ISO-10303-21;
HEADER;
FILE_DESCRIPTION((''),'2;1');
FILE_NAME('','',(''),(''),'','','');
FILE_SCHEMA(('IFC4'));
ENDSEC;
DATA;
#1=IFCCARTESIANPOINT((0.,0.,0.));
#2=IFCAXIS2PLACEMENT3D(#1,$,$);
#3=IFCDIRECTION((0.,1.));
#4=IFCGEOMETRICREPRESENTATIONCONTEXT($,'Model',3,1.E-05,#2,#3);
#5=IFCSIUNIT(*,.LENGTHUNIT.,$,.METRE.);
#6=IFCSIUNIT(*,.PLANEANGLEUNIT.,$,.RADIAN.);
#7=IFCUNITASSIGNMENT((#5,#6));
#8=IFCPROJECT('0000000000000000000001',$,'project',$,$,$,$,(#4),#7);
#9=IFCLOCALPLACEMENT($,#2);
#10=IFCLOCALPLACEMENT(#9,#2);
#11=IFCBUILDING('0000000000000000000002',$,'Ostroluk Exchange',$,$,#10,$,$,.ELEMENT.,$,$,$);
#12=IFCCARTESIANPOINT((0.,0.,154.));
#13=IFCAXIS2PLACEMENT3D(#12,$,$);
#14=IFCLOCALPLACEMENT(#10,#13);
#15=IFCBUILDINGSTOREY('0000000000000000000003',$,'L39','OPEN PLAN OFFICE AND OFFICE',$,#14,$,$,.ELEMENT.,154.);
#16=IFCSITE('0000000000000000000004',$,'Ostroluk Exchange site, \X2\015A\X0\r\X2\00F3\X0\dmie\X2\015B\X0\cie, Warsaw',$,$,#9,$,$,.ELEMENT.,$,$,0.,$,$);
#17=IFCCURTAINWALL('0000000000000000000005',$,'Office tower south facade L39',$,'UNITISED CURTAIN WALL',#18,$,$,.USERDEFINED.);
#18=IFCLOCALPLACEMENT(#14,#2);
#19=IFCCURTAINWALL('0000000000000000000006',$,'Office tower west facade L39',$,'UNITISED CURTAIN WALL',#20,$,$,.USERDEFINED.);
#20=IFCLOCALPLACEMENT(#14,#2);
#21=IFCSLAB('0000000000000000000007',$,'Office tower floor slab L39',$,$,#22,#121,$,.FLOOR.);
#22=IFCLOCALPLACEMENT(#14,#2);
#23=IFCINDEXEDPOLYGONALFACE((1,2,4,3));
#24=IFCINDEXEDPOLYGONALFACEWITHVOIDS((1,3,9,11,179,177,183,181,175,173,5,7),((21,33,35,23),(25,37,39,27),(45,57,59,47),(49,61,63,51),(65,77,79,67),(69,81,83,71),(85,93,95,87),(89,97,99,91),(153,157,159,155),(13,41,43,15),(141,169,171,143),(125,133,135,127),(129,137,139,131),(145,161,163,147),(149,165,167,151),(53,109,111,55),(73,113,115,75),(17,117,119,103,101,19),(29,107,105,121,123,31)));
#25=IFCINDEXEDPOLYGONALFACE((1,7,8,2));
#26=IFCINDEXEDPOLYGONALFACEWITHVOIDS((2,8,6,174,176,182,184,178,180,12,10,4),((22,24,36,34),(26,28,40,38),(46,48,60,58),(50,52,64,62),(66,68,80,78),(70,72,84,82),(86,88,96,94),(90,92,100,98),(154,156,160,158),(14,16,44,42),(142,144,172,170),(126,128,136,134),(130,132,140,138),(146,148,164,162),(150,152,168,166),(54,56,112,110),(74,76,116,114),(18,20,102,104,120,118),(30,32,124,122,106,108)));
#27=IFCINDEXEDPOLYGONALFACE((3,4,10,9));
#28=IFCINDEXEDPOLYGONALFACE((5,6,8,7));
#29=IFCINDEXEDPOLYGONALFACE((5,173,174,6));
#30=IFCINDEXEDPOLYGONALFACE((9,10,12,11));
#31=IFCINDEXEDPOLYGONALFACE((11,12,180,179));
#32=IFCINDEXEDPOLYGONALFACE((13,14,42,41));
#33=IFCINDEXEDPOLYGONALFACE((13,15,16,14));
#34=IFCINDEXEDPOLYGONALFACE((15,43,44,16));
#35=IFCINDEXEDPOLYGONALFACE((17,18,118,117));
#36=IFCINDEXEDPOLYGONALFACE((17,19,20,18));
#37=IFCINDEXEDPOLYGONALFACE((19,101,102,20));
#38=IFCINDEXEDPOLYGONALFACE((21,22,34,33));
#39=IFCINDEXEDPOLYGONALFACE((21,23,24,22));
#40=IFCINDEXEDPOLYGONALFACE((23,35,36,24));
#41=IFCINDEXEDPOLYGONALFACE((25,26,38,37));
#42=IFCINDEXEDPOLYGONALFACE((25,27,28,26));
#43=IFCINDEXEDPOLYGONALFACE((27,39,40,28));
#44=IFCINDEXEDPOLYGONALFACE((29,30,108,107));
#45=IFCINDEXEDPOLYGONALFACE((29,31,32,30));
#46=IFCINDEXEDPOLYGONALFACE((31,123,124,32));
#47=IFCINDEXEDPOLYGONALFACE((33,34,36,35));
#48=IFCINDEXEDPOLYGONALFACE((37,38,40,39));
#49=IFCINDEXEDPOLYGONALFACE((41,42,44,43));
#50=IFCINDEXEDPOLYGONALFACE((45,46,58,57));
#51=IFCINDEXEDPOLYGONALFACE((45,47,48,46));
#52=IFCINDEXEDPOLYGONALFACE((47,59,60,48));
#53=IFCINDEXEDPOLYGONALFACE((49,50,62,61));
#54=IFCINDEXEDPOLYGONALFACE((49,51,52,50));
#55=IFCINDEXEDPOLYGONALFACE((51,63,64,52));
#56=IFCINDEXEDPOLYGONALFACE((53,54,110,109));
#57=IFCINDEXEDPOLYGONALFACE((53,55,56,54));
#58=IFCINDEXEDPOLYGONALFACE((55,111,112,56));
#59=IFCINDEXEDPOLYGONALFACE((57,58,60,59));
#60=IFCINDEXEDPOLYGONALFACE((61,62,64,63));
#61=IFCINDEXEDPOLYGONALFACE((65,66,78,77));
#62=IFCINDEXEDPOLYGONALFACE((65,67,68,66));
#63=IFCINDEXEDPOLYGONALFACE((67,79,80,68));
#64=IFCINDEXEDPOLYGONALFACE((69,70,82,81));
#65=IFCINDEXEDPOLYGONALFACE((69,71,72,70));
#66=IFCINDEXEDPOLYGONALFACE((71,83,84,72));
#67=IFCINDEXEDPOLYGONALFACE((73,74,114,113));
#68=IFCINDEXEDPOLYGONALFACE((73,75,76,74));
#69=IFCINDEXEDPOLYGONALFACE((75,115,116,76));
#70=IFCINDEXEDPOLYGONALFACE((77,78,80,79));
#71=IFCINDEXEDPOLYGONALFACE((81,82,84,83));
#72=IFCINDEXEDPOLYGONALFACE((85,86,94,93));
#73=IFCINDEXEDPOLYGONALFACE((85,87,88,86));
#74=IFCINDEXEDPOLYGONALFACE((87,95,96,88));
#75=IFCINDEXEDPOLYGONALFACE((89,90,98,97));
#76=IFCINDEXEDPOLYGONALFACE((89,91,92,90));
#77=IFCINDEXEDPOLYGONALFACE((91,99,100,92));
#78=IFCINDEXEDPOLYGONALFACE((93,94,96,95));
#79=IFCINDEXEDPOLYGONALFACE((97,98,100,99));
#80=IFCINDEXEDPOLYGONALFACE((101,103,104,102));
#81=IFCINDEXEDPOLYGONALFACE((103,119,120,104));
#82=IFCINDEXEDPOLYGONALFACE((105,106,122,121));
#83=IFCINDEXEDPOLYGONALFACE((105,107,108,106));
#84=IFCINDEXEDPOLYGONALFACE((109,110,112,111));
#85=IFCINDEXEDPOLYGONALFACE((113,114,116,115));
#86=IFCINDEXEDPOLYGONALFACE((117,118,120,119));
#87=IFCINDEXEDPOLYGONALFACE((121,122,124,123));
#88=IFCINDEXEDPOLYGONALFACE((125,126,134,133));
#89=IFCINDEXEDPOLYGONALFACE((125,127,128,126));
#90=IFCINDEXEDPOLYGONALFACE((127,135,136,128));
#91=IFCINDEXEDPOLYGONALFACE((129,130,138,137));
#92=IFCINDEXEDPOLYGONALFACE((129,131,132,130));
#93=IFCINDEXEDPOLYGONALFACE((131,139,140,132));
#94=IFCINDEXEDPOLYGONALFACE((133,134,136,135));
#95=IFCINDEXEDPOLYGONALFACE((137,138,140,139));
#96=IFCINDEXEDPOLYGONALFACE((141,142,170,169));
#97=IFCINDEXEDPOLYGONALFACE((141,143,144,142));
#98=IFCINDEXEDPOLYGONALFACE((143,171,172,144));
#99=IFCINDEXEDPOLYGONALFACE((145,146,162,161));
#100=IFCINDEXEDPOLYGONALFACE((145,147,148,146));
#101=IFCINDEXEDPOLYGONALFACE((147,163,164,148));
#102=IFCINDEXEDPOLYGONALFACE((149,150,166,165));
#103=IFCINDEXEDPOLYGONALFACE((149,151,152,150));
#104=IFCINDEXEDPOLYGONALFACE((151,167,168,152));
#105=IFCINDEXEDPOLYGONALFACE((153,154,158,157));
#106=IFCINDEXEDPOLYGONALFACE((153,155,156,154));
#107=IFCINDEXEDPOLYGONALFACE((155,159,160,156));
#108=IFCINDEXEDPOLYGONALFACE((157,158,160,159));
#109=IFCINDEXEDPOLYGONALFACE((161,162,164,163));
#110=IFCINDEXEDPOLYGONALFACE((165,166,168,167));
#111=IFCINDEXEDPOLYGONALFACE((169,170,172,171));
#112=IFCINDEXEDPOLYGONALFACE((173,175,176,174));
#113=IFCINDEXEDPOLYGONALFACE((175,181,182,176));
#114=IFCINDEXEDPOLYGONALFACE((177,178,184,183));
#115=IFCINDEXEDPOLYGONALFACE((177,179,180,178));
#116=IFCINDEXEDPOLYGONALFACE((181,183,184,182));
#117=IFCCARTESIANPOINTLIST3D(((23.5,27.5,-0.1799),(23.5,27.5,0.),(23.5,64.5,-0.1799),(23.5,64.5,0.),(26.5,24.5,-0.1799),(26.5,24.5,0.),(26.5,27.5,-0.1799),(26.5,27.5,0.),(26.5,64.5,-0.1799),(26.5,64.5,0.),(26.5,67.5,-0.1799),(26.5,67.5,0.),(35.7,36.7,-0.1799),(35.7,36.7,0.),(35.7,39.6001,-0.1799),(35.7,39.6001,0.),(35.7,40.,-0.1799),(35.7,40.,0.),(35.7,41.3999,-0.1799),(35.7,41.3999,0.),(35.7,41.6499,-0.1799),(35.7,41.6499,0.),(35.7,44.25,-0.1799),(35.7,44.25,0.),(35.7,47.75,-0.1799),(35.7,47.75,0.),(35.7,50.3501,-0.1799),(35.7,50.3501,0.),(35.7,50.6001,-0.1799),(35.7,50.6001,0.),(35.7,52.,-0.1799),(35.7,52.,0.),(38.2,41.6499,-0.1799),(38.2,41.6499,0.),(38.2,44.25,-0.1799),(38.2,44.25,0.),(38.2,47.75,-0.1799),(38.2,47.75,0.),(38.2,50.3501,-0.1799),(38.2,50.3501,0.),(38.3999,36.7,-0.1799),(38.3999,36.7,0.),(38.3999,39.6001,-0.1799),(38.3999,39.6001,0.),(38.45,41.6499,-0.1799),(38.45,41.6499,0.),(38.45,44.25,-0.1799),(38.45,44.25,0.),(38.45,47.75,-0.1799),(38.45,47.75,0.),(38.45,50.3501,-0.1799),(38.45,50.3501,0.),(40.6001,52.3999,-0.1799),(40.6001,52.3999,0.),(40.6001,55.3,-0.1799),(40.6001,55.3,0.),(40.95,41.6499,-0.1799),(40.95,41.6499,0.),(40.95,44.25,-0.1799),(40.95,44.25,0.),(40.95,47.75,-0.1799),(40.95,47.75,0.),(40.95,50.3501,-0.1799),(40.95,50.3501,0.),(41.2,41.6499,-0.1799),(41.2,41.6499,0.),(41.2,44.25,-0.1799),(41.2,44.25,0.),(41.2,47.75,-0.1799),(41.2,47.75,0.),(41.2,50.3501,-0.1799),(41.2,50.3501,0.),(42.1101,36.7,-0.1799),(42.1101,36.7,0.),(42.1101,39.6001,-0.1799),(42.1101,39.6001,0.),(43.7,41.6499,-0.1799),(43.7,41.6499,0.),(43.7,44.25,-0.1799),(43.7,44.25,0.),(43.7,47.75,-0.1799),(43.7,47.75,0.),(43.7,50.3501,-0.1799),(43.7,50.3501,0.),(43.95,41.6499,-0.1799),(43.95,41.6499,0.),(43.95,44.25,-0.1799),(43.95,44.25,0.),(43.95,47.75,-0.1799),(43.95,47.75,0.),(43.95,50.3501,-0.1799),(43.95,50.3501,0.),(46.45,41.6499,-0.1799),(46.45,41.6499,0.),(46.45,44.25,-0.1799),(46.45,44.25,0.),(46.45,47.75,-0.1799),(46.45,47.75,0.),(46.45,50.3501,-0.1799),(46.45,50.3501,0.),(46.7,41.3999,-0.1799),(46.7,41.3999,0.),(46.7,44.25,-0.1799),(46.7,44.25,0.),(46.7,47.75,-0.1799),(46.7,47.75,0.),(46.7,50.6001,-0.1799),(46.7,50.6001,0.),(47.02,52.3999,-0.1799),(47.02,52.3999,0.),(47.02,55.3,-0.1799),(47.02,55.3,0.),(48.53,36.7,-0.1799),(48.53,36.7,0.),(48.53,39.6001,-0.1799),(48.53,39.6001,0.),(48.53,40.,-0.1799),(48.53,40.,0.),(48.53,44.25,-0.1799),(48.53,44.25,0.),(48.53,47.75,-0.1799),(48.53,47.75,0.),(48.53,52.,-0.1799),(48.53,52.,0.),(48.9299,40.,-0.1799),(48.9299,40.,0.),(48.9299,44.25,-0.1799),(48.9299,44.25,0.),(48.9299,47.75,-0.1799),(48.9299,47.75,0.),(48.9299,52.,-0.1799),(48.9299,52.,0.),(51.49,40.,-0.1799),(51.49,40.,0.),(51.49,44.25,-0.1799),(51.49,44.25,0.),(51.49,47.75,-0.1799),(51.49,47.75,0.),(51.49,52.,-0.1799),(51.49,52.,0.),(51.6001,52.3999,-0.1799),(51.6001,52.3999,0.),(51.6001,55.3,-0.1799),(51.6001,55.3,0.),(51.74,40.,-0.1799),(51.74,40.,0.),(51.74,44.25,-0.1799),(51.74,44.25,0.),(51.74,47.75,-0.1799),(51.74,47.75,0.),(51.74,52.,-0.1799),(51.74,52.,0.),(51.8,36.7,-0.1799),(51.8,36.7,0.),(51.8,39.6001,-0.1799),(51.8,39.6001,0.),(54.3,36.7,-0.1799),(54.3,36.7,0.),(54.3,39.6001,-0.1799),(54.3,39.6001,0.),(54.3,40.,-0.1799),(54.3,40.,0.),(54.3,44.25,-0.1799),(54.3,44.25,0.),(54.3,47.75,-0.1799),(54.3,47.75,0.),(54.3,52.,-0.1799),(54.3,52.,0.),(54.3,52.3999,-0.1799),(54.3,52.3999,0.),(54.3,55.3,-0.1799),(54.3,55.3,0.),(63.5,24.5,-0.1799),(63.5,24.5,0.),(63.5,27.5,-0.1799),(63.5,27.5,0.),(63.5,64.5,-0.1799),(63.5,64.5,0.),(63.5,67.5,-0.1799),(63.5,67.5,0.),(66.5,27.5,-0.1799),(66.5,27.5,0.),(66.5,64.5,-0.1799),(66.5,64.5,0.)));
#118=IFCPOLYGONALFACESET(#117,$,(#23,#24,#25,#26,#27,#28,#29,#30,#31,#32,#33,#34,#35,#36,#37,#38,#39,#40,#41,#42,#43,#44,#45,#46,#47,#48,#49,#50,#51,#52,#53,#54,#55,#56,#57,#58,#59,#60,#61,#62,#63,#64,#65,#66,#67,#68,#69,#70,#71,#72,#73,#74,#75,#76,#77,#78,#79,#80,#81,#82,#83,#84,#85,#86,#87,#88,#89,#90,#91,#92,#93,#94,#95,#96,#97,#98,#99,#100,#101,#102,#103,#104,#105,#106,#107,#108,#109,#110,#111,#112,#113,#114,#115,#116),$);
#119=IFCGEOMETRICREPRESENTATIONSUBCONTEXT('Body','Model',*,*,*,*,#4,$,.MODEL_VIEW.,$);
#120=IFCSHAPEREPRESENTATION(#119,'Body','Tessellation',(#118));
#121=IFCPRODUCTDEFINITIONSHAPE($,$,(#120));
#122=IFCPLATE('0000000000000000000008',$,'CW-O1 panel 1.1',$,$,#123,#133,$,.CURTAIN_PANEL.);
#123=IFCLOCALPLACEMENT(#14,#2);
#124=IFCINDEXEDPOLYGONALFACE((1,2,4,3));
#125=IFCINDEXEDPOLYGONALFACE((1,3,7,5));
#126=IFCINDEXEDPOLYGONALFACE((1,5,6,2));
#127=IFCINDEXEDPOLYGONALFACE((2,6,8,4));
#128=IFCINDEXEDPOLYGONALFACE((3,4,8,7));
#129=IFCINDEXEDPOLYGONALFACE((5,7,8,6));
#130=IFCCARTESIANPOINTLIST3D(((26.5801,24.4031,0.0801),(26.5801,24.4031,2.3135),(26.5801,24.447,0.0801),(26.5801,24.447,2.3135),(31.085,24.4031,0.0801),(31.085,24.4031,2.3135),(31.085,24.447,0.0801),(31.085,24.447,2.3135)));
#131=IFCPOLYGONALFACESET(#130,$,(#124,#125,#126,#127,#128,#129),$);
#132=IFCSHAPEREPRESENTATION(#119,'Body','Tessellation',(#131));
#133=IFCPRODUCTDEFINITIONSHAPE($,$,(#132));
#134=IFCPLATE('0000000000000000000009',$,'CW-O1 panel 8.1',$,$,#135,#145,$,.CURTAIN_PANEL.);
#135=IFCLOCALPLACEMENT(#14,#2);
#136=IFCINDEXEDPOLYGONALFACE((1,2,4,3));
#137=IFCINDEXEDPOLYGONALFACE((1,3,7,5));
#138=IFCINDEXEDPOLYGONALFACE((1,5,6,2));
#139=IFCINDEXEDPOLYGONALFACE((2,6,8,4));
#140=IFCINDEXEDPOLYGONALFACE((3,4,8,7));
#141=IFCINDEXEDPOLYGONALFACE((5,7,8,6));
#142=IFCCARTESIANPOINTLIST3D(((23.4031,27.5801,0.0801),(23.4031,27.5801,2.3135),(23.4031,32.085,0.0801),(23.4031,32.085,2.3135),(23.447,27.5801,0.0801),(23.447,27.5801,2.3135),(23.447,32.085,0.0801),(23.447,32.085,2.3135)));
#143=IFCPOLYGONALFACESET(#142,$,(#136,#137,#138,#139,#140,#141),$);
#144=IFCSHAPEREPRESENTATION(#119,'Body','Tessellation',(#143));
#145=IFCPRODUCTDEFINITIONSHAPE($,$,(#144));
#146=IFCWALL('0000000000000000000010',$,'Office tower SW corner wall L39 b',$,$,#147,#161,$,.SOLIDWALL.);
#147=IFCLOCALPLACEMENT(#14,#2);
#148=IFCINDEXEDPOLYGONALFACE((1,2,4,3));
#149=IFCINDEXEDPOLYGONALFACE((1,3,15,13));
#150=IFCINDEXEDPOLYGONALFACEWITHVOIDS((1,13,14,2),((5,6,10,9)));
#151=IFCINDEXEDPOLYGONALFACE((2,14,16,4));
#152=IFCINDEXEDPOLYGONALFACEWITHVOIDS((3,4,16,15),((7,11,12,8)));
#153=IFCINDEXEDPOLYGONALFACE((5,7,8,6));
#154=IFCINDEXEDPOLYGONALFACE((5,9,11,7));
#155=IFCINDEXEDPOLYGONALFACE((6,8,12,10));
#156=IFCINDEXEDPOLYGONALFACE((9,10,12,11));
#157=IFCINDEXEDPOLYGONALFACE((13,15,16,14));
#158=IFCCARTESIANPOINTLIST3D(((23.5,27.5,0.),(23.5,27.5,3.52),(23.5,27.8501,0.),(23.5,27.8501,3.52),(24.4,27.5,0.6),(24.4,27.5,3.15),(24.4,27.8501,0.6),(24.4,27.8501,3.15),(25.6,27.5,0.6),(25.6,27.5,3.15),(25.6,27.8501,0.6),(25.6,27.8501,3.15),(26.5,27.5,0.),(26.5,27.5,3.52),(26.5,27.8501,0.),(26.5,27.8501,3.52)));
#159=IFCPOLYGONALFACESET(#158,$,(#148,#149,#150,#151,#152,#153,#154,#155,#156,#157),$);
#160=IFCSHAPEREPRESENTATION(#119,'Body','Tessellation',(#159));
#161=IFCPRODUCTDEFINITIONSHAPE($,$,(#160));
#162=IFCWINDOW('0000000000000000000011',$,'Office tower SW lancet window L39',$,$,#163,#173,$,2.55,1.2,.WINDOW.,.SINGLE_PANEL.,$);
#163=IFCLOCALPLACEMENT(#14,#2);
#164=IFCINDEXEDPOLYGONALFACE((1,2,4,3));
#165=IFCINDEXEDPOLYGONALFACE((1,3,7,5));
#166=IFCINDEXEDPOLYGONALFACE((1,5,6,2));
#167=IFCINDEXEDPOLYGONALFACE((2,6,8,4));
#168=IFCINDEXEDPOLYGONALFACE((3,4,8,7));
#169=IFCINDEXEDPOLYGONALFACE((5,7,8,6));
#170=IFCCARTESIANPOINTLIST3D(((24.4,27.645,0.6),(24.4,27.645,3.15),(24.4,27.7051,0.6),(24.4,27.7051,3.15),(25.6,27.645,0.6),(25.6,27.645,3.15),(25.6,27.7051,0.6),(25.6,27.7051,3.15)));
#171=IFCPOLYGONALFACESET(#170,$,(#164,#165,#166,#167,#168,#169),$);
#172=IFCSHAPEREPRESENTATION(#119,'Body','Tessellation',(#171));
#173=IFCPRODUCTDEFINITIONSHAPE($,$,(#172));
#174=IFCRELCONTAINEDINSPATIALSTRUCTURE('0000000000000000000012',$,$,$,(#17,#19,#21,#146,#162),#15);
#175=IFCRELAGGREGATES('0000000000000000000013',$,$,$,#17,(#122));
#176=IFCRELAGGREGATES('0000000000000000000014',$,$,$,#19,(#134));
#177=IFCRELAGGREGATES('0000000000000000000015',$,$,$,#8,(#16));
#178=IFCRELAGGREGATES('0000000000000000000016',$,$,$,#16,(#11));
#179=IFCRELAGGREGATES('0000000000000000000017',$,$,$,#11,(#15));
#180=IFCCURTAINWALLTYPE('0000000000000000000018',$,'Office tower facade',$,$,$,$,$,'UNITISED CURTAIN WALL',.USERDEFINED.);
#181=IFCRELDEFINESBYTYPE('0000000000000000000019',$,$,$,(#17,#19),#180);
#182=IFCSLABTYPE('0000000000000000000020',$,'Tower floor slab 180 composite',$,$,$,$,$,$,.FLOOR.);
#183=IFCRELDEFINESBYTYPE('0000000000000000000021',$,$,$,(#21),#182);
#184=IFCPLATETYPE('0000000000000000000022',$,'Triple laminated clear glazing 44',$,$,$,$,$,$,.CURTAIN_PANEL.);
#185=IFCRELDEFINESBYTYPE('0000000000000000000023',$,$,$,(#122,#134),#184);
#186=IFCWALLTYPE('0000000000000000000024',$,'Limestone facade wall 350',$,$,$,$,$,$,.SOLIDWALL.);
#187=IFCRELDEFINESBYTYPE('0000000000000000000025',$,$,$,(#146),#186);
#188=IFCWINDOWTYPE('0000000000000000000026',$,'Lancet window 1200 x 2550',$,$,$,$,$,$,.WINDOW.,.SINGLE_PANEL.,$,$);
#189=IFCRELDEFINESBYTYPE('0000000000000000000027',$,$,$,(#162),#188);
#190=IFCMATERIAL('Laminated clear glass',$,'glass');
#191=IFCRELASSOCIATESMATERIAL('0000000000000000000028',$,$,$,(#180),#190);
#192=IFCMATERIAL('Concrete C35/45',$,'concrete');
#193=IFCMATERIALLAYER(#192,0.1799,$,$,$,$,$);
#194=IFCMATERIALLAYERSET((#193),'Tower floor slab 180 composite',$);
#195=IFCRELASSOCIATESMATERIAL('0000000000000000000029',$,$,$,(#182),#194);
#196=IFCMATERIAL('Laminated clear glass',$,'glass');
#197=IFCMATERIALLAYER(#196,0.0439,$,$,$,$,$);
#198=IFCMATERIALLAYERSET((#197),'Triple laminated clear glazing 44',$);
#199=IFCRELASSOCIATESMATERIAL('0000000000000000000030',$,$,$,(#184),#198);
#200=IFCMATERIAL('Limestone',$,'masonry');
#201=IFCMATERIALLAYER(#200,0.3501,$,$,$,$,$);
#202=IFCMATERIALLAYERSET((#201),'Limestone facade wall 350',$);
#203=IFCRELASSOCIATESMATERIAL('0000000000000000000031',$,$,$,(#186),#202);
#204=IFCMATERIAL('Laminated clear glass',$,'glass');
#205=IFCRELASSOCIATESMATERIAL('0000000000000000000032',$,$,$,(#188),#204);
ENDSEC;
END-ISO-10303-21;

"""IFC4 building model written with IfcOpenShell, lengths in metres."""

from ifc_helpers import new_model, si_unit, direction, frame, frame_2d, origin, origin_2d, place, context, subcontext, project, spatial, polyline, rectangle, outline, extrude, material, layer, layer_set, type_object, element, fill, aggregate, save


model = new_model("IFC4")

# Units and contexts
model_context = context("Model", 3, precision=1e-05, world=origin(), true_north=direction((0.0, 1.0)))
body_context = subcontext(model_context, "Body", "Model", "MODEL_VIEW")
ifc_project = project(units=[si_unit("LENGTHUNIT", "METRE"), si_unit("PLANEANGLEUNIT", "RADIAN")], contexts=[model_context])

# Site, building, storey
site_placement = place(None, origin())
site = spatial("IfcSite", under=ifc_project, at=site_placement, Name="Ostroluk Exchange site, Śródmieście, Warsaw", CompositionType="ELEMENT", RefElevation=0.0)
building_placement = place(site_placement, origin())
building = spatial("IfcBuilding", under=site, at=building_placement, Name="Ostroluk Exchange", CompositionType="ELEMENT")
storey_placement = place(building_placement, frame((0.0, 0.0, 154.0)))
storey = spatial("IfcBuildingStorey", under=building, at=storey_placement, Name="L39", Description="OPEN PLAN OFFICE AND OFFICE", CompositionType="ELEMENT", Elevation=154.0)

# Curtain wall
ifc_material_1 = material(Name="Laminated clear glass", Category="glass")
curtain_wall_type = type_object("IfcCurtainWallType", Name="Office tower facade", ElementType="UNITISED CURTAIN WALL", PredefinedType="USERDEFINED", material=ifc_material_1)
curtain_wall_1_placement = place(storey_placement, origin())
curtain_wall_1 = element("IfcCurtainWall", 1, at=curtain_wall_1_placement, inside=storey, type_object=curtain_wall_type, Name="Office tower south facade L39", ObjectType="UNITISED CURTAIN WALL", PredefinedType="USERDEFINED")

# Curtain wall
curtain_wall_2_placement = place(storey_placement, origin())
curtain_wall_2 = element("IfcCurtainWall", 2, at=curtain_wall_2_placement, inside=storey, type_object=curtain_wall_type, Name="Office tower west facade L39", ObjectType="UNITISED CURTAIN WALL", PredefinedType="USERDEFINED")

# Slab
ifc_material_2 = material(Name="Concrete C35/45", Category="concrete")
ifc_layer_1 = layer(ifc_material_2, 0.1799)
ifc_layer_set_1 = layer_set([ifc_layer_1], Name="Tower floor slab 180 composite")
slab_type_1 = type_object("IfcSlabType", Name="Tower floor slab 180 composite", PredefinedType="FLOOR", material=ifc_layer_set_1)
slab_1_placement = place(storey_placement, frame((0.0, 0.0, -0.1799)))
element("IfcSlab", 3, at=slab_1_placement, inside=storey, type_object=slab_type_1, Name="Office tower floor slab L39", PredefinedType="FLOOR", context=body_context, shape_type="SweptSolid", body=[
    extrude(outline(polyline([(26.5, 24.5), (63.5, 24.5), (63.5, 27.5), (66.5, 27.5), (66.5, 64.5), (63.5, 64.5), (63.5, 67.5), (26.5, 67.5), (26.5, 64.5), (23.5, 64.5), (23.5, 27.5), (26.5, 27.5), (26.5, 24.5)]), holes=[polyline([(35.7, 36.7), (38.3999, 36.7), (38.3999, 39.6001), (35.7, 39.6001), (35.7, 36.7)]), polyline([(42.1101, 36.7), (48.53, 36.7), (48.53, 39.6001), (42.1101, 39.6001), (42.1101, 36.7)]), polyline([(51.8, 36.7), (54.3, 36.7), (54.3, 39.6001), (51.8, 39.6001), (51.8, 36.7)]), polyline([(40.6001, 52.3999), (47.02, 52.3999), (47.02, 55.3), (40.6001, 55.3), (40.6001, 52.3999)]), polyline([(51.6001, 52.3999), (54.3, 52.3999), (54.3, 55.3), (51.6001, 55.3), (51.6001, 52.3999)]), polyline([(35.7, 47.75), (38.2, 47.75), (38.2, 50.3501), (35.7, 50.3501), (35.7, 47.75)]), polyline([(38.45, 47.75), (40.95, 47.75), (40.95, 50.3501), (38.45, 50.3501), (38.45, 47.75)]), polyline([(41.2, 47.75), (43.7, 47.75), (43.7, 50.3501), (41.2, 50.3501), (41.2, 47.75)]), polyline([(43.95, 47.75), (46.45, 47.75), (46.45, 50.3501), (43.95, 50.3501), (43.95, 47.75)]), polyline([(35.7, 41.6499), (38.2, 41.6499), (38.2, 44.25), (35.7, 44.25), (35.7, 41.6499)]), polyline([(38.45, 41.6499), (40.95, 41.6499), (40.95, 44.25), (38.45, 44.25), (38.45, 41.6499)]), polyline([(41.2, 41.6499), (43.7, 41.6499), (43.7, 44.25), (41.2, 44.25), (41.2, 41.6499)]), polyline([(43.95, 41.6499), (46.45, 41.6499), (46.45, 44.25), (43.95, 44.25), (43.95, 41.6499)]), polyline([(48.9299, 47.75), (51.49, 47.75), (51.49, 52.0), (48.9299, 52.0), (48.9299, 47.75)]), polyline([(51.74, 47.75), (54.3, 47.75), (54.3, 52.0), (51.74, 52.0), (51.74, 47.75)]), polyline([(48.9299, 40.0), (51.49, 40.0), (51.49, 44.25), (48.9299, 44.25), (48.9299, 40.0)]), polyline([(51.74, 40.0), (54.3, 40.0), (54.3, 44.25), (51.74, 44.25), (51.74, 40.0)]), polyline([(48.53, 52.0), (48.53, 47.75), (46.7, 47.75), (46.7, 50.6001), (35.7, 50.6001), (35.7, 52.0), (48.53, 52.0)]), polyline([(35.7, 40.0), (35.7, 41.3999), (46.7, 41.3999), (46.7, 44.25), (48.53, 44.25), (48.53, 40.0), (35.7, 40.0)])]), origin(), (0.0, 0.0, 1.0), 0.1799),
])

# Plates
ifc_material_3 = material(Name="Laminated clear glass", Category="glass")
ifc_layer_2 = layer(ifc_material_3, 0.0439)
ifc_layer_set_2 = layer_set([ifc_layer_2], Name="Triple laminated clear glazing 44")
plate_type_1 = type_object("IfcPlateType", Name="Triple laminated clear glazing 44", PredefinedType="CURTAIN_PANEL", material=ifc_layer_set_2)
plate_1_placement = place(storey_placement, frame((28.8325, 24.425, 0.0801), z_axis=(0.0, 0.0, 1.0), x_axis=(1.0, 0.0, 0.0)))
plate_1 = element("IfcPlate", 4, at=plate_1_placement, type_object=plate_type_1, Name="CW-O1 panel 1.1", PredefinedType="CURTAIN_PANEL", context=body_context, shape_type="SweptSolid", body=[
    extrude(rectangle(XDim=4.5049, YDim=0.0439, at=origin_2d()), origin(), (0.0, 0.0, 1.0), 2.2334),
])
aggregate(curtain_wall_1, [plate_1])
plate_2_placement = place(storey_placement, frame((23.425, 29.8325, 0.0801), z_axis=(0.0, 0.0, 1.0), x_axis=(0.0, -1.0, 0.0)))
plate_2 = element("IfcPlate", 5, at=plate_2_placement, type_object=plate_type_1, Name="CW-O1 panel 8.1", PredefinedType="CURTAIN_PANEL", context=body_context, shape_type="SweptSolid", body=[
    extrude(rectangle(XDim=4.5049, YDim=0.0439, at=origin_2d()), origin(), (0.0, 0.0, 1.0), 2.2334),
])
aggregate(curtain_wall_2, [plate_2])

# Shared definitions
ifc_material_4 = material(Name="Limestone", Category="masonry")
ifc_layer_3 = layer(ifc_material_4, 0.3501)
ifc_layer_set_3 = layer_set([ifc_layer_3], Name="Limestone facade wall 350")
wall_type_1 = type_object("IfcWallType", Name="Limestone facade wall 350", PredefinedType="SOLIDWALL", material=ifc_layer_set_3)

# Wall, opening, window
wall_1_placement = place(storey_placement, frame((26.5, 27.675, 0.0), z_axis=(0.0, 0.0, 1.0), x_axis=(-1.0, 0.0, 0.0)))
wall_1 = element("IfcWall", 6, at=wall_1_placement, inside=storey, type_object=wall_type_1, Name="Office tower SW corner wall L39 b", PredefinedType="SOLIDWALL", context=body_context, shape_type="SweptSolid", body=[
    extrude(rectangle(XDim=3.0, YDim=0.3501, at=frame_2d((1.5, 0.0))), origin(), (0.0, 0.0, 1.0), 3.52),
])
opening_1_placement = place(wall_1_placement, frame((0.8999, 0.0, 0.6001)))
opening_1 = element("IfcOpeningElement", 7, at=opening_1_placement, cuts=wall_1, PredefinedType="OPENING", context=body_context, shape_type="SweptSolid", body=[
    extrude(rectangle(XDim=1.2, YDim=2.55, at=frame_2d((0.6001, 1.2749))), frame((0.0, 0.1851, 0.0), z_axis=(0.0, -1.0, 0.0), x_axis=(1.0, 0.0, 0.0)), (0.0, 0.0, 1.0), 0.3701),
])
ifc_material_5 = material(Name="Laminated clear glass", Category="glass")
window_type = type_object("IfcWindowType", Name="Lancet window 1200 x 2550", PartitioningType="SINGLE_PANEL", PredefinedType="WINDOW", material=ifc_material_5)
window_placement = place(opening_1_placement, origin())
window = element("IfcWindow", 8, at=window_placement, inside=storey, type_object=window_type, Name="Office tower SW lancet window L39", OverallHeight=2.55, OverallWidth=1.2, PartitioningType="SINGLE_PANEL", PredefinedType="WINDOW", context=body_context, shape_type="SweptSolid", body=[
    extrude(rectangle(XDim=1.2, YDim=2.55, at=frame_2d((0.6001, 1.2749))), frame((0.0, 0.03, 0.0), z_axis=(0.0, -1.0, 0.0), x_axis=(1.0, 0.0, 0.0)), (0.0, 0.0, 1.0), 0.0601),
])
fill(opening_1, window)

save(model, "model.ifc")
